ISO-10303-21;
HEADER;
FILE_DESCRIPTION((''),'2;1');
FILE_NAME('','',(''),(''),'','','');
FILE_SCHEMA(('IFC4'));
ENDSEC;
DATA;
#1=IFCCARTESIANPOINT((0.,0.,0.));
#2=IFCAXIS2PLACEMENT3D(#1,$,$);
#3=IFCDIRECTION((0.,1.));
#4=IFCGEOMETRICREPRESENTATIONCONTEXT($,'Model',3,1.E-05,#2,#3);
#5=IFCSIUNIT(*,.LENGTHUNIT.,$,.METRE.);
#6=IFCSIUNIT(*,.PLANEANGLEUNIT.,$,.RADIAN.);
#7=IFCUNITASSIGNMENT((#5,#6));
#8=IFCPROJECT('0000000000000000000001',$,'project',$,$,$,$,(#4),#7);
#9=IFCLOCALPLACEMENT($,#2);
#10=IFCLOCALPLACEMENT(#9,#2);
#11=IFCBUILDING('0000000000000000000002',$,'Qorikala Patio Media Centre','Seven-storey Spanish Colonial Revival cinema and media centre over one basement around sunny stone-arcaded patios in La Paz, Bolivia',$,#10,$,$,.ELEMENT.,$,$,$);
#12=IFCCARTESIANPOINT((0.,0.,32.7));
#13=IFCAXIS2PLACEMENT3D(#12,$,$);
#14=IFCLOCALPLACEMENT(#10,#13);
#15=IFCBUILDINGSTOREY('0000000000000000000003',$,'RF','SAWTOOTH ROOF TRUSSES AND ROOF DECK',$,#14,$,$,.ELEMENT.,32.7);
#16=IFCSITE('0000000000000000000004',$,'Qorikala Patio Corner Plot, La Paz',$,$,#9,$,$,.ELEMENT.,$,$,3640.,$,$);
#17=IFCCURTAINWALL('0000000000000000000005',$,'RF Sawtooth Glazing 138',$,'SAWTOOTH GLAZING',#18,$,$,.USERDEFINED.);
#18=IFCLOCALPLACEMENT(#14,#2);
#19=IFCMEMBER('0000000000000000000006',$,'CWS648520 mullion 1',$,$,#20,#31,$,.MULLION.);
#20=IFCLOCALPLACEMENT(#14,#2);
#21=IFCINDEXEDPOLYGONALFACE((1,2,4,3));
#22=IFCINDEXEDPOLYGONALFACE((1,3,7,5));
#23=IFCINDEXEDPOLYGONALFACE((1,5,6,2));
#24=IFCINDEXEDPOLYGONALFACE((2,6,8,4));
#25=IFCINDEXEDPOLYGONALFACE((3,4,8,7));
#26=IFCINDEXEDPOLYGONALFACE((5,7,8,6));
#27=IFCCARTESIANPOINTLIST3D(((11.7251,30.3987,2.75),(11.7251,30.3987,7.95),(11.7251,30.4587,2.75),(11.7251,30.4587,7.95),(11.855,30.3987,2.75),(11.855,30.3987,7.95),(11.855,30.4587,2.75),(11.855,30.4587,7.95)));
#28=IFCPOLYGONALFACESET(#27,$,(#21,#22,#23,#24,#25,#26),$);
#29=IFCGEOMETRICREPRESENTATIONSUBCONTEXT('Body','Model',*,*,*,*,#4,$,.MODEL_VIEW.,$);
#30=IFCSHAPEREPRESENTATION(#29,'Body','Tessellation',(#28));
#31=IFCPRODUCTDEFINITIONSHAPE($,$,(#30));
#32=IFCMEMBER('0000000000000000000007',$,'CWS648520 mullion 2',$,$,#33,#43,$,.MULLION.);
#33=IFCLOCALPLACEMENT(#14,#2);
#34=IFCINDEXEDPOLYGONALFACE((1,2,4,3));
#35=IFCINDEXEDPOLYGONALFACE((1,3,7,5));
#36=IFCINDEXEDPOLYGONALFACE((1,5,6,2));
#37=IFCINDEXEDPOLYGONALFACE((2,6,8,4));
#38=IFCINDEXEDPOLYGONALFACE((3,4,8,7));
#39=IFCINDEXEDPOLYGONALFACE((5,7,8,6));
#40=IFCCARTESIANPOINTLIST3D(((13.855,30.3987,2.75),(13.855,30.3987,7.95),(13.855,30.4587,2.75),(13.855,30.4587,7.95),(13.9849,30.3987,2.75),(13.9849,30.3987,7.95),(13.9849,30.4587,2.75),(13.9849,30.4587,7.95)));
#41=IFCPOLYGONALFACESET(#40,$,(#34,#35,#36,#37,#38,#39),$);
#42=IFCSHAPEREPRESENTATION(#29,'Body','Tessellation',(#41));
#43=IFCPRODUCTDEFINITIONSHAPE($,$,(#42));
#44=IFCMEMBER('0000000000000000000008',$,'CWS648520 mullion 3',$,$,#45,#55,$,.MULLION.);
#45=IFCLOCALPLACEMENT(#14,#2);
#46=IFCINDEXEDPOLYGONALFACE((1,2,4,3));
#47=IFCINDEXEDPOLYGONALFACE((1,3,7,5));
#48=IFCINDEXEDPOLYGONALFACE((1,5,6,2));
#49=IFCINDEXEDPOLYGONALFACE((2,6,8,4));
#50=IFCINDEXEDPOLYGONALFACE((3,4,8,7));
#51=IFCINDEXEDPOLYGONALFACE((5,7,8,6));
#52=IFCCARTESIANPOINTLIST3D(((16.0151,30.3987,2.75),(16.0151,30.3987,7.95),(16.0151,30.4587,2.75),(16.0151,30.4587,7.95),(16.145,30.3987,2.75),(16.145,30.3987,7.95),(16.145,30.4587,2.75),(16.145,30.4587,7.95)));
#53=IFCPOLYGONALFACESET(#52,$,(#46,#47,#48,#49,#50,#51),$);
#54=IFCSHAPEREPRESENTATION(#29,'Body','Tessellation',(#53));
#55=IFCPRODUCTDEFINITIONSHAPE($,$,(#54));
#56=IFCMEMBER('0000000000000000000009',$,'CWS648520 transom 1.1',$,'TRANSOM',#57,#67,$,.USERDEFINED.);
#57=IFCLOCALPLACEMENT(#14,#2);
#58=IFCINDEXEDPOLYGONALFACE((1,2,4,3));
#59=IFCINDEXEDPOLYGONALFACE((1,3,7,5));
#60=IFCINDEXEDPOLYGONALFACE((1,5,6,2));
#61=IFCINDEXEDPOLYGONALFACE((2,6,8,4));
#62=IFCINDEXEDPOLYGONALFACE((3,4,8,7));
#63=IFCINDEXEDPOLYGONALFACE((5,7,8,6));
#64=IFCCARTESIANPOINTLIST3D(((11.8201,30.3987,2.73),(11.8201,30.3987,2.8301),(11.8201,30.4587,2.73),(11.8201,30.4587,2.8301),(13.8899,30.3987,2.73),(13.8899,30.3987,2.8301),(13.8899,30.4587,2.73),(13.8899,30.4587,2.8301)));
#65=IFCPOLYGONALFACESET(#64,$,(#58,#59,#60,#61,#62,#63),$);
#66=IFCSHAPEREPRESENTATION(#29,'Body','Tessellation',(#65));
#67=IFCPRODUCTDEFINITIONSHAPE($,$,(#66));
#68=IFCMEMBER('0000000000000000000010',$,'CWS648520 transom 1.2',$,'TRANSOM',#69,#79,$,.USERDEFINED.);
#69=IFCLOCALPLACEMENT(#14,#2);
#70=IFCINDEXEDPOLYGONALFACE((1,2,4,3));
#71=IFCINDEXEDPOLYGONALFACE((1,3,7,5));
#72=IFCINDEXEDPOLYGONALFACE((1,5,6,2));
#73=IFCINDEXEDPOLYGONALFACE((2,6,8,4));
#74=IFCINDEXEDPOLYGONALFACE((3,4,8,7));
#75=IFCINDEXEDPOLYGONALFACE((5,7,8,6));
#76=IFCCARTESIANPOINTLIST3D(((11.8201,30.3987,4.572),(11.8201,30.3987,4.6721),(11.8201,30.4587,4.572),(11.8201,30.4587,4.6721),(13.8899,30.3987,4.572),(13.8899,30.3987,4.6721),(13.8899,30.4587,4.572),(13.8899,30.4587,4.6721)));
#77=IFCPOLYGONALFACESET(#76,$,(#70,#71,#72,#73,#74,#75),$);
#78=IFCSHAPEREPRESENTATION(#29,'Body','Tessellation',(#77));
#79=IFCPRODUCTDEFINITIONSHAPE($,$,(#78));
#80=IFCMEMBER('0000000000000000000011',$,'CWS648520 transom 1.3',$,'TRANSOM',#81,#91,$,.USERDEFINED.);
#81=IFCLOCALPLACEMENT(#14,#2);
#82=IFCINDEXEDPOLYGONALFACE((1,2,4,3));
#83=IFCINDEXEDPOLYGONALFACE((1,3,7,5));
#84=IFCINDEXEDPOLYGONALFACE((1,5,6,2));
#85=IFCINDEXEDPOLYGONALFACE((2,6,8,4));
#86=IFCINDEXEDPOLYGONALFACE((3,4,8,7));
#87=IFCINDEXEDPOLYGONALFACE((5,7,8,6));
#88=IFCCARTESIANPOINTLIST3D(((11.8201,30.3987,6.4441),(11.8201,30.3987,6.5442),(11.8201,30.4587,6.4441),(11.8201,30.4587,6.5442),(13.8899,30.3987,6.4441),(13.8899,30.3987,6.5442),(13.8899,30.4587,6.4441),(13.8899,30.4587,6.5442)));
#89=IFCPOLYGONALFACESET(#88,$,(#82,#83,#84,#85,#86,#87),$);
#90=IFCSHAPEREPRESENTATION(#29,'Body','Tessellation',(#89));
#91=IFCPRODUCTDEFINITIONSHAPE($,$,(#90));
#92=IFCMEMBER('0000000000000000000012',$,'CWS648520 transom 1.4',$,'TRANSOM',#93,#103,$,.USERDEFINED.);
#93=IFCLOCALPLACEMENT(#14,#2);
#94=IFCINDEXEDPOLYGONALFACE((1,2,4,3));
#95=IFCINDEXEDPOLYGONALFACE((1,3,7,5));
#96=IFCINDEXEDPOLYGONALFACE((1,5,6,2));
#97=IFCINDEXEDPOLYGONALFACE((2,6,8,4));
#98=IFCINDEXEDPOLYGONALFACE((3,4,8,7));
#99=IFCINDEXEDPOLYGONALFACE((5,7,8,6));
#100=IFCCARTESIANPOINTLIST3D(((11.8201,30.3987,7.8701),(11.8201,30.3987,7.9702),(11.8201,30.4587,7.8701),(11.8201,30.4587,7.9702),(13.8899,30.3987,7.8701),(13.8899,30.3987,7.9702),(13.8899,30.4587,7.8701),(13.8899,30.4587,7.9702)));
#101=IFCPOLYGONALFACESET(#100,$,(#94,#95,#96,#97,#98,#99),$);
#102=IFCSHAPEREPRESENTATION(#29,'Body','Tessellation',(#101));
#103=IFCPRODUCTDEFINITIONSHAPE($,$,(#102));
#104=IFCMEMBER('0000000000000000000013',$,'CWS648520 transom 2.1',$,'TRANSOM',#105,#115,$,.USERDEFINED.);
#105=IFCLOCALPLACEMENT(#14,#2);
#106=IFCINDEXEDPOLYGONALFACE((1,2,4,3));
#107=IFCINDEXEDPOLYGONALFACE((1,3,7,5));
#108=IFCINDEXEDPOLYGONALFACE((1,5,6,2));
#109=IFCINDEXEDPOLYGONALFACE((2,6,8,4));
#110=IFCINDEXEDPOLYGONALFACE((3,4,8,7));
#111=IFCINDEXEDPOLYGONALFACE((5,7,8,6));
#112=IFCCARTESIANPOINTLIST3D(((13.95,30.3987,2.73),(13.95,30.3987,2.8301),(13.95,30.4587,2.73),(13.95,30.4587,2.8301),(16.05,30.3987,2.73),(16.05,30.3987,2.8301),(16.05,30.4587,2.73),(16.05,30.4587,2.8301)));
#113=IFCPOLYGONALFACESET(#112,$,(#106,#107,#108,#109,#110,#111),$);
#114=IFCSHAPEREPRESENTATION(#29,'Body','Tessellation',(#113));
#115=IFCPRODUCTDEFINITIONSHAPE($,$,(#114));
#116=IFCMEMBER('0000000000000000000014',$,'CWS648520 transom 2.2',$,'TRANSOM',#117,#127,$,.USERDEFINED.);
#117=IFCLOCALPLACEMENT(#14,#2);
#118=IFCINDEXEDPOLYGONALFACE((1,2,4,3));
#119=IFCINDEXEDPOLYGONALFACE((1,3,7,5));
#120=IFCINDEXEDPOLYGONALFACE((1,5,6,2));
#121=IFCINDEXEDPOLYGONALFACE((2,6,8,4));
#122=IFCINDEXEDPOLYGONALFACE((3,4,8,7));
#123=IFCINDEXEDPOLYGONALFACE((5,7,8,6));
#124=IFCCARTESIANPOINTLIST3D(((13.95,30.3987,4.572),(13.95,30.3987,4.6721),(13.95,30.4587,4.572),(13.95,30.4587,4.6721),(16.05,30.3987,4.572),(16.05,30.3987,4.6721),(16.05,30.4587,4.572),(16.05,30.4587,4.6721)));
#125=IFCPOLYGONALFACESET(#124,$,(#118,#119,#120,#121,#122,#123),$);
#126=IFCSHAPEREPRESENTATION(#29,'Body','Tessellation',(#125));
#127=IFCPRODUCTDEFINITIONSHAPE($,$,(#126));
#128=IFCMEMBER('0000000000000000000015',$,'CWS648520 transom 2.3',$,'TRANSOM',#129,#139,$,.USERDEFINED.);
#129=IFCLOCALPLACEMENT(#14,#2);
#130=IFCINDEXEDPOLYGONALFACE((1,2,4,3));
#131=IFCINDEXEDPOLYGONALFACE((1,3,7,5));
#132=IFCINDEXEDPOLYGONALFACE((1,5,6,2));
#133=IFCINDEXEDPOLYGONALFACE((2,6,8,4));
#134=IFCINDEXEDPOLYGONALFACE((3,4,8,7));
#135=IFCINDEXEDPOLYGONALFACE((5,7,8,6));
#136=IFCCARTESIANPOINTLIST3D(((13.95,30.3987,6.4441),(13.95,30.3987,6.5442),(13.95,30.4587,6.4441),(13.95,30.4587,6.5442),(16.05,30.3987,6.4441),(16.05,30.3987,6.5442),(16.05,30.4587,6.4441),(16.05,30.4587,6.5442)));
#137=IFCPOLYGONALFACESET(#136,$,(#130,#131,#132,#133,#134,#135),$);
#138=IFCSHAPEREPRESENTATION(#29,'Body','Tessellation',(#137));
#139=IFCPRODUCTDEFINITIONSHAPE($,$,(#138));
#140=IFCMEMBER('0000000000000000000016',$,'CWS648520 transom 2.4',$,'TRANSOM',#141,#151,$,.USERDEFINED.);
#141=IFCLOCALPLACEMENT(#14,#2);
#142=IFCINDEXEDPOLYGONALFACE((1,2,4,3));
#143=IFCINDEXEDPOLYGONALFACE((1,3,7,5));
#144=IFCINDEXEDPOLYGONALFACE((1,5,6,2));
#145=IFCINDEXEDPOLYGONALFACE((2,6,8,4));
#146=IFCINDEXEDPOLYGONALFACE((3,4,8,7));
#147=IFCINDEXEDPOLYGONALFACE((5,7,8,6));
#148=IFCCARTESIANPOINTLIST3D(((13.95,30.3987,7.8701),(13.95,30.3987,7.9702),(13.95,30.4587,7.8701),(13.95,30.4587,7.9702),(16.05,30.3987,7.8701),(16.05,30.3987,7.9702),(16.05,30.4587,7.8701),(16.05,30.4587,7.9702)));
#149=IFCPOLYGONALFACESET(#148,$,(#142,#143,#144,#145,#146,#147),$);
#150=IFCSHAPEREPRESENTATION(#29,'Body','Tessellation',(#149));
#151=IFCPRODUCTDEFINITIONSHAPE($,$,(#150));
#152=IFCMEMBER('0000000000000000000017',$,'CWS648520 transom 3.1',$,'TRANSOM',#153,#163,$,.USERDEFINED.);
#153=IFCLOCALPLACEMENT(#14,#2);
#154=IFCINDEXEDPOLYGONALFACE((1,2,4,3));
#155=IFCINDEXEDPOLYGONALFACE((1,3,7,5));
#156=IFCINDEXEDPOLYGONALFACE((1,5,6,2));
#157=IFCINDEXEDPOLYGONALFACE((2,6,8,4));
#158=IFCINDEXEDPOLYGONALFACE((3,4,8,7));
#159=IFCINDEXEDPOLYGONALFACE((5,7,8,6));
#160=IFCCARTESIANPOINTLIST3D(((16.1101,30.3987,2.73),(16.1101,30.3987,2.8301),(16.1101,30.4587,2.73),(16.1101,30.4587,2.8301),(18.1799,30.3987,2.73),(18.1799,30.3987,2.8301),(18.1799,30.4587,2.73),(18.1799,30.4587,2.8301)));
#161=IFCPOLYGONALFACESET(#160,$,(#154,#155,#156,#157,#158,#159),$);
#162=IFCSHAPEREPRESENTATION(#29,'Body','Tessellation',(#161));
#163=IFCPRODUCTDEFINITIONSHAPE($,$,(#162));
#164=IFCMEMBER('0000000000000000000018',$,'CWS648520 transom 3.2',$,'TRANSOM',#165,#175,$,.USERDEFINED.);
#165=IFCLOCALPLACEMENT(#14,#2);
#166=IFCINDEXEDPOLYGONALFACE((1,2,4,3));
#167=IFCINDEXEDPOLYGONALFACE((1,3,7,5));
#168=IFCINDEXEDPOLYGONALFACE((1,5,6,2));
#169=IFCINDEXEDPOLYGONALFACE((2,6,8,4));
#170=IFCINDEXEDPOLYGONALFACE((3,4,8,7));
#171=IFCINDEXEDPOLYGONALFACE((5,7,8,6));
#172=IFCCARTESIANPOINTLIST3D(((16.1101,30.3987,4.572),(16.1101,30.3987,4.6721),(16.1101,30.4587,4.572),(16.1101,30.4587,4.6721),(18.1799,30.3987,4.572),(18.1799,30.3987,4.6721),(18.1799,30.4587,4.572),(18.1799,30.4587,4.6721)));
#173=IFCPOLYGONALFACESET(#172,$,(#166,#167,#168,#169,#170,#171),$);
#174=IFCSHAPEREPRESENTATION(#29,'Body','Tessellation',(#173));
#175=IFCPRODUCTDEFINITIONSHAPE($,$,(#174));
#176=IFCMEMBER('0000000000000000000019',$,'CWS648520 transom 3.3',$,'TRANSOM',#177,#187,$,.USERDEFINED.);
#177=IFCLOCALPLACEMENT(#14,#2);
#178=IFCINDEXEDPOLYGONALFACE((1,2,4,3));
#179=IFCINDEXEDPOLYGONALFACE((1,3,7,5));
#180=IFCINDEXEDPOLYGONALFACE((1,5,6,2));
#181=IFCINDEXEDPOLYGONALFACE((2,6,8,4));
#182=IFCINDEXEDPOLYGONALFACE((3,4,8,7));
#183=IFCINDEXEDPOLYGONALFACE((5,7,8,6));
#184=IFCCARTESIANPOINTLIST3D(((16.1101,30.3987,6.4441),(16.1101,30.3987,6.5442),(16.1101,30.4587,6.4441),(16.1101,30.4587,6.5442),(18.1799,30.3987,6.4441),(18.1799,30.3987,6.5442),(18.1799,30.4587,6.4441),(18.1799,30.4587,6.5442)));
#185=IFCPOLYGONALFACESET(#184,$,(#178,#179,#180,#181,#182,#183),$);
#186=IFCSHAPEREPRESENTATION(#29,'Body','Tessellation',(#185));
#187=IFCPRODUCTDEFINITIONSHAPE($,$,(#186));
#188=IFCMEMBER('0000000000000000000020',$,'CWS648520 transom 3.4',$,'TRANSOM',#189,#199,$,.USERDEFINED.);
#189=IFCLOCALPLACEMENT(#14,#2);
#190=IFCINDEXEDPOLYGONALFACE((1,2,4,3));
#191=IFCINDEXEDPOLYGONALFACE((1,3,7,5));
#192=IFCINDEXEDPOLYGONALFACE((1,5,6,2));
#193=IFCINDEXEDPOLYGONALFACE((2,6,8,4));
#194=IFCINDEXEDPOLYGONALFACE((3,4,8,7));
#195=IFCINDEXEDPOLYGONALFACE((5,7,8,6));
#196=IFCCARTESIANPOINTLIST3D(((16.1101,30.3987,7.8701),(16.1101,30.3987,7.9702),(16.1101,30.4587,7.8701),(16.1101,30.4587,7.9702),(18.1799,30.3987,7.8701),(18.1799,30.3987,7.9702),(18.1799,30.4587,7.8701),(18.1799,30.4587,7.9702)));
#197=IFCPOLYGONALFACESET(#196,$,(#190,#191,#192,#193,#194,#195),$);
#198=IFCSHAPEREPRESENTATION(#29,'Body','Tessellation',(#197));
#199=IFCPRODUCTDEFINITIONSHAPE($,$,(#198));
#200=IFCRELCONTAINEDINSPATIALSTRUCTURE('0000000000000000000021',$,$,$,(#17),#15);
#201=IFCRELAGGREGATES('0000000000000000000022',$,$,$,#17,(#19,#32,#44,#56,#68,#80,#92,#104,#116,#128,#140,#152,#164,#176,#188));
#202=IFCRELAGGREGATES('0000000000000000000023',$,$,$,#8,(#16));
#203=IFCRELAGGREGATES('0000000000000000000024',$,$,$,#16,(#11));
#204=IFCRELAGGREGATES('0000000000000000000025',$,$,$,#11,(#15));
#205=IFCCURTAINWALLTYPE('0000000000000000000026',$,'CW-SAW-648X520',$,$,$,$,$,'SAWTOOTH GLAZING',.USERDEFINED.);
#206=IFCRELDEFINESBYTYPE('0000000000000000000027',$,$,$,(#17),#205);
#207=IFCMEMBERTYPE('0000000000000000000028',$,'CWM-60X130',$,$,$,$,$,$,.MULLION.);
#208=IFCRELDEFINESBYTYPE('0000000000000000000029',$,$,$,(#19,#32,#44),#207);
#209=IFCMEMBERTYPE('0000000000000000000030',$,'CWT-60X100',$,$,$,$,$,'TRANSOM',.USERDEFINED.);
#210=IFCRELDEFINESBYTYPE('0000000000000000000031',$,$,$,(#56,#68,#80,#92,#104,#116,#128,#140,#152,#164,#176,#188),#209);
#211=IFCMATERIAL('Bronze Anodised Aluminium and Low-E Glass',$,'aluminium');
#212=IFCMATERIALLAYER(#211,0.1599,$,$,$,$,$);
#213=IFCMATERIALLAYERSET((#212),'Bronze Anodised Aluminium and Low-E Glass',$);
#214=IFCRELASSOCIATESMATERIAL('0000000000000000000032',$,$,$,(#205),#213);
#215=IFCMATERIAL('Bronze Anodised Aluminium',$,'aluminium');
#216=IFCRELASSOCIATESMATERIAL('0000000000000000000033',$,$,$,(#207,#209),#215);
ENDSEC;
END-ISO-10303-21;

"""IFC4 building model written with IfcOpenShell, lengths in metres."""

from ifc_helpers import new_model, si_unit, direction, frame, origin, origin_2d, place, context, subcontext, project, spatial, rectangle, extrude, material, layer, layer_set, material_profile, profile_set, type_object, element, aggregate, save


model = new_model("IFC4")

# Units and contexts
model_context = context("Model", 3, precision=1e-05, world=origin(), true_north=direction((0.0, 1.0)))
body_context = subcontext(model_context, "Body", "Model", "MODEL_VIEW")
ifc_project = project(units=[si_unit("LENGTHUNIT", "METRE"), si_unit("PLANEANGLEUNIT", "RADIAN")], contexts=[model_context])

# Site, building, storey
site_placement = place(None, origin())
site = spatial("IfcSite", under=ifc_project, at=site_placement, Name="Qorikala Patio Corner Plot, La Paz", CompositionType="ELEMENT", RefElevation=3640.0)
building_placement = place(site_placement, origin())
building = spatial("IfcBuilding", under=site, at=building_placement, Name="Qorikala Patio Media Centre", Description="Seven-storey Spanish Colonial Revival cinema and media centre over one basement around sunny stone-arcaded patios in La Paz, Bolivia", CompositionType="ELEMENT")
storey_placement = place(building_placement, frame((0.0, 0.0, 32.7)))
storey = spatial("IfcBuildingStorey", under=building, at=storey_placement, Name="RF", Description="SAWTOOTH ROOF TRUSSES AND ROOF DECK", CompositionType="ELEMENT", Elevation=32.7)

# Curtain wall, members
ifc_material_1 = material(Name="Bronze Anodised Aluminium and Low-E Glass", Category="aluminium")
ifc_layer_1 = layer(ifc_material_1, 0.1599)
ifc_layer_set_1 = layer_set([ifc_layer_1], Name="Bronze Anodised Aluminium and Low-E Glass")
curtain_wall_type = type_object("IfcCurtainWallType", Name="CW-SAW-648X520", ElementType="SAWTOOTH GLAZING", PredefinedType="USERDEFINED", material=ifc_layer_set_1)
curtain_wall_placement = place(storey_placement, origin())
curtain_wall = element("IfcCurtainWall", 1, at=curtain_wall_placement, inside=storey, type_object=curtain_wall_type, Name="RF Sawtooth Glazing 138", ObjectType="SAWTOOTH GLAZING", PredefinedType="USERDEFINED")
ifc_material_2 = material(Name="Bronze Anodised Aluminium", Category="aluminium")
ifc_material_profile_1 = material_profile(ifc_material_2, rectangle(XDim=0.0601, YDim=0.1299, at=origin_2d()), Name="ALU MULLION 60x130")
ifc_profile_set_1 = profile_set([ifc_material_profile_1], Name="Bronze Anodised Aluminium")
member_type_1 = type_object("IfcMemberType", Name="CWM-60X130", PredefinedType="MULLION", material=ifc_profile_set_1)
member_1_placement = place(storey_placement, frame((11.79, 30.4287, 2.75), z_axis=(0.0, 0.0, 1.0), x_axis=(0.0, 1.0, 0.0)))
member_1 = element("IfcMember", 2, at=member_1_placement, type_object=member_type_1, Name="CWS648520 mullion 1", PredefinedType="MULLION", context=body_context, shape_type="SweptSolid", body=[
    extrude(rectangle(XDim=0.0601, YDim=0.1299, at=origin_2d()), origin(), (0.0, 0.0, 1.0), 5.2),
])
member_2_placement = place(storey_placement, frame((13.9199, 30.4287, 2.75), z_axis=(0.0, 0.0, 1.0), x_axis=(0.0, 1.0, 0.0)))
member_2 = element("IfcMember", 3, at=member_2_placement, type_object=member_type_1, Name="CWS648520 mullion 2", PredefinedType="MULLION", context=body_context, shape_type="SweptSolid", body=[
    extrude(rectangle(XDim=0.0601, YDim=0.1299, at=origin_2d()), origin(), (0.0, 0.0, 1.0), 5.2),
])
member_3_placement = place(storey_placement, frame((16.0801, 30.4287, 2.75), z_axis=(0.0, 0.0, 1.0), x_axis=(0.0, 1.0, 0.0)))
member_3 = element("IfcMember", 4, at=member_3_placement, type_object=member_type_1, Name="CWS648520 mullion 3", PredefinedType="MULLION", context=body_context, shape_type="SweptSolid", body=[
    extrude(rectangle(XDim=0.0601, YDim=0.1299, at=origin_2d()), origin(), (0.0, 0.0, 1.0), 5.2),
])
ifc_material_profile_2 = material_profile(ifc_material_2, rectangle(XDim=0.0601, YDim=0.1001, at=origin_2d()), Name="ALU TRANSOM 60x100")
ifc_profile_set_2 = profile_set([ifc_material_profile_2], Name="Bronze Anodised Aluminium")
member_type_2 = type_object("IfcMemberType", Name="CWT-60X100", ElementType="TRANSOM", PredefinedType="USERDEFINED", material=ifc_profile_set_2)
member_4_placement = place(storey_placement, frame((11.8201, 30.4287, 2.78), z_axis=(1.0, 0.0, 0.0), x_axis=(0.0, 1.0, 0.0)))
member_4 = element("IfcMember", 5, at=member_4_placement, type_object=member_type_2, Name="CWS648520 transom 1.1", ObjectType="TRANSOM", PredefinedType="USERDEFINED", context=body_context, shape_type="SweptSolid", body=[
    extrude(rectangle(XDim=0.0601, YDim=0.1001, at=origin_2d()), origin(), (0.0, 0.0, 1.0), 2.0698),
])
member_5_placement = place(storey_placement, frame((11.8201, 30.4287, 4.6221), z_axis=(1.0, 0.0, 0.0), x_axis=(0.0, 1.0, 0.0)))
member_5 = element("IfcMember", 6, at=member_5_placement, type_object=member_type_2, Name="CWS648520 transom 1.2", ObjectType="TRANSOM", PredefinedType="USERDEFINED", context=body_context, shape_type="SweptSolid", body=[
    extrude(rectangle(XDim=0.0601, YDim=0.1001, at=origin_2d()), origin(), (0.0, 0.0, 1.0), 2.0698),
])
member_6_placement = place(storey_placement, frame((11.8201, 30.4287, 6.4941), z_axis=(1.0, 0.0, 0.0), x_axis=(0.0, 1.0, 0.0)))
member_6 = element("IfcMember", 7, at=member_6_placement, type_object=member_type_2, Name="CWS648520 transom 1.3", ObjectType="TRANSOM", PredefinedType="USERDEFINED", context=body_context, shape_type="SweptSolid", body=[
    extrude(rectangle(XDim=0.0601, YDim=0.1001, at=origin_2d()), origin(), (0.0, 0.0, 1.0), 2.0698),
])
member_7_placement = place(storey_placement, frame((11.8201, 30.4287, 7.9202), z_axis=(1.0, 0.0, 0.0), x_axis=(0.0, 1.0, 0.0)))
member_7 = element("IfcMember", 8, at=member_7_placement, type_object=member_type_2, Name="CWS648520 transom 1.4", ObjectType="TRANSOM", PredefinedType="USERDEFINED", context=body_context, shape_type="SweptSolid", body=[
    extrude(rectangle(XDim=0.0601, YDim=0.1001, at=origin_2d()), origin(), (0.0, 0.0, 1.0), 2.0698),
])
member_8_placement = place(storey_placement, frame((13.95, 30.4287, 2.78), z_axis=(1.0, 0.0, 0.0), x_axis=(0.0, 1.0, 0.0)))
member_8 = element("IfcMember", 9, at=member_8_placement, type_object=member_type_2, Name="CWS648520 transom 2.1", ObjectType="TRANSOM", PredefinedType="USERDEFINED", context=body_context, shape_type="SweptSolid", body=[
    extrude(rectangle(XDim=0.0601, YDim=0.1001, at=origin_2d()), origin(), (0.0, 0.0, 1.0), 2.1001),
])
member_9_placement = place(storey_placement, frame((13.95, 30.4287, 4.6221), z_axis=(1.0, 0.0, 0.0), x_axis=(0.0, 1.0, 0.0)))
member_9 = element("IfcMember", 10, at=member_9_placement, type_object=member_type_2, Name="CWS648520 transom 2.2", ObjectType="TRANSOM", PredefinedType="USERDEFINED", context=body_context, shape_type="SweptSolid", body=[
    extrude(rectangle(XDim=0.0601, YDim=0.1001, at=origin_2d()), origin(), (0.0, 0.0, 1.0), 2.1001),
])
member_10_placement = place(storey_placement, frame((13.95, 30.4287, 6.4941), z_axis=(1.0, 0.0, 0.0), x_axis=(0.0, 1.0, 0.0)))
member_10 = element("IfcMember", 11, at=member_10_placement, type_object=member_type_2, Name="CWS648520 transom 2.3", ObjectType="TRANSOM", PredefinedType="USERDEFINED", context=body_context, shape_type="SweptSolid", body=[
    extrude(rectangle(XDim=0.0601, YDim=0.1001, at=origin_2d()), origin(), (0.0, 0.0, 1.0), 2.1001),
])
member_11_placement = place(storey_placement, frame((13.95, 30.4287, 7.9202), z_axis=(1.0, 0.0, 0.0), x_axis=(0.0, 1.0, 0.0)))
member_11 = element("IfcMember", 12, at=member_11_placement, type_object=member_type_2, Name="CWS648520 transom 2.4", ObjectType="TRANSOM", PredefinedType="USERDEFINED", context=body_context, shape_type="SweptSolid", body=[
    extrude(rectangle(XDim=0.0601, YDim=0.1001, at=origin_2d()), origin(), (0.0, 0.0, 1.0), 2.1001),
])
member_12_placement = place(storey_placement, frame((16.1101, 30.4287, 2.78), z_axis=(1.0, 0.0, 0.0), x_axis=(0.0, 1.0, 0.0)))
member_12 = element("IfcMember", 13, at=member_12_placement, type_object=member_type_2, Name="CWS648520 transom 3.1", ObjectType="TRANSOM", PredefinedType="USERDEFINED", context=body_context, shape_type="SweptSolid", body=[
    extrude(rectangle(XDim=0.0601, YDim=0.1001, at=origin_2d()), origin(), (0.0, 0.0, 1.0), 2.0698),
])
member_13_placement = place(storey_placement, frame((16.1101, 30.4287, 4.6221), z_axis=(1.0, 0.0, 0.0), x_axis=(0.0, 1.0, 0.0)))
member_13 = element("IfcMember", 14, at=member_13_placement, type_object=member_type_2, Name="CWS648520 transom 3.2", ObjectType="TRANSOM", PredefinedType="USERDEFINED", context=body_context, shape_type="SweptSolid", body=[
    extrude(rectangle(XDim=0.0601, YDim=0.1001, at=origin_2d()), origin(), (0.0, 0.0, 1.0), 2.0698),
])
member_14_placement = place(storey_placement, frame((16.1101, 30.4287, 6.4941), z_axis=(1.0, 0.0, 0.0), x_axis=(0.0, 1.0, 0.0)))
member_14 = element("IfcMember", 15, at=member_14_placement, type_object=member_type_2, Name="CWS648520 transom 3.3", ObjectType="TRANSOM", PredefinedType="USERDEFINED", context=body_context, shape_type="SweptSolid", body=[
    extrude(rectangle(XDim=0.0601, YDim=0.1001, at=origin_2d()), origin(), (0.0, 0.0, 1.0), 2.0698),
])
member_15_placement = place(storey_placement, frame((16.1101, 30.4287, 7.9202), z_axis=(1.0, 0.0, 0.0), x_axis=(0.0, 1.0, 0.0)))
member_15 = element("IfcMember", 16, at=member_15_placement, type_object=member_type_2, Name="CWS648520 transom 3.4", ObjectType="TRANSOM", PredefinedType="USERDEFINED", context=body_context, shape_type="SweptSolid", body=[
    extrude(rectangle(XDim=0.0601, YDim=0.1001, at=origin_2d()), origin(), (0.0, 0.0, 1.0), 2.0698),
])

aggregate(curtain_wall, [member_1, member_2, member_3, member_4, member_5, member_6, member_7, member_8, member_9, member_10, member_11, member_12, member_13, member_14, member_15])

save(model, "model.ifc")
